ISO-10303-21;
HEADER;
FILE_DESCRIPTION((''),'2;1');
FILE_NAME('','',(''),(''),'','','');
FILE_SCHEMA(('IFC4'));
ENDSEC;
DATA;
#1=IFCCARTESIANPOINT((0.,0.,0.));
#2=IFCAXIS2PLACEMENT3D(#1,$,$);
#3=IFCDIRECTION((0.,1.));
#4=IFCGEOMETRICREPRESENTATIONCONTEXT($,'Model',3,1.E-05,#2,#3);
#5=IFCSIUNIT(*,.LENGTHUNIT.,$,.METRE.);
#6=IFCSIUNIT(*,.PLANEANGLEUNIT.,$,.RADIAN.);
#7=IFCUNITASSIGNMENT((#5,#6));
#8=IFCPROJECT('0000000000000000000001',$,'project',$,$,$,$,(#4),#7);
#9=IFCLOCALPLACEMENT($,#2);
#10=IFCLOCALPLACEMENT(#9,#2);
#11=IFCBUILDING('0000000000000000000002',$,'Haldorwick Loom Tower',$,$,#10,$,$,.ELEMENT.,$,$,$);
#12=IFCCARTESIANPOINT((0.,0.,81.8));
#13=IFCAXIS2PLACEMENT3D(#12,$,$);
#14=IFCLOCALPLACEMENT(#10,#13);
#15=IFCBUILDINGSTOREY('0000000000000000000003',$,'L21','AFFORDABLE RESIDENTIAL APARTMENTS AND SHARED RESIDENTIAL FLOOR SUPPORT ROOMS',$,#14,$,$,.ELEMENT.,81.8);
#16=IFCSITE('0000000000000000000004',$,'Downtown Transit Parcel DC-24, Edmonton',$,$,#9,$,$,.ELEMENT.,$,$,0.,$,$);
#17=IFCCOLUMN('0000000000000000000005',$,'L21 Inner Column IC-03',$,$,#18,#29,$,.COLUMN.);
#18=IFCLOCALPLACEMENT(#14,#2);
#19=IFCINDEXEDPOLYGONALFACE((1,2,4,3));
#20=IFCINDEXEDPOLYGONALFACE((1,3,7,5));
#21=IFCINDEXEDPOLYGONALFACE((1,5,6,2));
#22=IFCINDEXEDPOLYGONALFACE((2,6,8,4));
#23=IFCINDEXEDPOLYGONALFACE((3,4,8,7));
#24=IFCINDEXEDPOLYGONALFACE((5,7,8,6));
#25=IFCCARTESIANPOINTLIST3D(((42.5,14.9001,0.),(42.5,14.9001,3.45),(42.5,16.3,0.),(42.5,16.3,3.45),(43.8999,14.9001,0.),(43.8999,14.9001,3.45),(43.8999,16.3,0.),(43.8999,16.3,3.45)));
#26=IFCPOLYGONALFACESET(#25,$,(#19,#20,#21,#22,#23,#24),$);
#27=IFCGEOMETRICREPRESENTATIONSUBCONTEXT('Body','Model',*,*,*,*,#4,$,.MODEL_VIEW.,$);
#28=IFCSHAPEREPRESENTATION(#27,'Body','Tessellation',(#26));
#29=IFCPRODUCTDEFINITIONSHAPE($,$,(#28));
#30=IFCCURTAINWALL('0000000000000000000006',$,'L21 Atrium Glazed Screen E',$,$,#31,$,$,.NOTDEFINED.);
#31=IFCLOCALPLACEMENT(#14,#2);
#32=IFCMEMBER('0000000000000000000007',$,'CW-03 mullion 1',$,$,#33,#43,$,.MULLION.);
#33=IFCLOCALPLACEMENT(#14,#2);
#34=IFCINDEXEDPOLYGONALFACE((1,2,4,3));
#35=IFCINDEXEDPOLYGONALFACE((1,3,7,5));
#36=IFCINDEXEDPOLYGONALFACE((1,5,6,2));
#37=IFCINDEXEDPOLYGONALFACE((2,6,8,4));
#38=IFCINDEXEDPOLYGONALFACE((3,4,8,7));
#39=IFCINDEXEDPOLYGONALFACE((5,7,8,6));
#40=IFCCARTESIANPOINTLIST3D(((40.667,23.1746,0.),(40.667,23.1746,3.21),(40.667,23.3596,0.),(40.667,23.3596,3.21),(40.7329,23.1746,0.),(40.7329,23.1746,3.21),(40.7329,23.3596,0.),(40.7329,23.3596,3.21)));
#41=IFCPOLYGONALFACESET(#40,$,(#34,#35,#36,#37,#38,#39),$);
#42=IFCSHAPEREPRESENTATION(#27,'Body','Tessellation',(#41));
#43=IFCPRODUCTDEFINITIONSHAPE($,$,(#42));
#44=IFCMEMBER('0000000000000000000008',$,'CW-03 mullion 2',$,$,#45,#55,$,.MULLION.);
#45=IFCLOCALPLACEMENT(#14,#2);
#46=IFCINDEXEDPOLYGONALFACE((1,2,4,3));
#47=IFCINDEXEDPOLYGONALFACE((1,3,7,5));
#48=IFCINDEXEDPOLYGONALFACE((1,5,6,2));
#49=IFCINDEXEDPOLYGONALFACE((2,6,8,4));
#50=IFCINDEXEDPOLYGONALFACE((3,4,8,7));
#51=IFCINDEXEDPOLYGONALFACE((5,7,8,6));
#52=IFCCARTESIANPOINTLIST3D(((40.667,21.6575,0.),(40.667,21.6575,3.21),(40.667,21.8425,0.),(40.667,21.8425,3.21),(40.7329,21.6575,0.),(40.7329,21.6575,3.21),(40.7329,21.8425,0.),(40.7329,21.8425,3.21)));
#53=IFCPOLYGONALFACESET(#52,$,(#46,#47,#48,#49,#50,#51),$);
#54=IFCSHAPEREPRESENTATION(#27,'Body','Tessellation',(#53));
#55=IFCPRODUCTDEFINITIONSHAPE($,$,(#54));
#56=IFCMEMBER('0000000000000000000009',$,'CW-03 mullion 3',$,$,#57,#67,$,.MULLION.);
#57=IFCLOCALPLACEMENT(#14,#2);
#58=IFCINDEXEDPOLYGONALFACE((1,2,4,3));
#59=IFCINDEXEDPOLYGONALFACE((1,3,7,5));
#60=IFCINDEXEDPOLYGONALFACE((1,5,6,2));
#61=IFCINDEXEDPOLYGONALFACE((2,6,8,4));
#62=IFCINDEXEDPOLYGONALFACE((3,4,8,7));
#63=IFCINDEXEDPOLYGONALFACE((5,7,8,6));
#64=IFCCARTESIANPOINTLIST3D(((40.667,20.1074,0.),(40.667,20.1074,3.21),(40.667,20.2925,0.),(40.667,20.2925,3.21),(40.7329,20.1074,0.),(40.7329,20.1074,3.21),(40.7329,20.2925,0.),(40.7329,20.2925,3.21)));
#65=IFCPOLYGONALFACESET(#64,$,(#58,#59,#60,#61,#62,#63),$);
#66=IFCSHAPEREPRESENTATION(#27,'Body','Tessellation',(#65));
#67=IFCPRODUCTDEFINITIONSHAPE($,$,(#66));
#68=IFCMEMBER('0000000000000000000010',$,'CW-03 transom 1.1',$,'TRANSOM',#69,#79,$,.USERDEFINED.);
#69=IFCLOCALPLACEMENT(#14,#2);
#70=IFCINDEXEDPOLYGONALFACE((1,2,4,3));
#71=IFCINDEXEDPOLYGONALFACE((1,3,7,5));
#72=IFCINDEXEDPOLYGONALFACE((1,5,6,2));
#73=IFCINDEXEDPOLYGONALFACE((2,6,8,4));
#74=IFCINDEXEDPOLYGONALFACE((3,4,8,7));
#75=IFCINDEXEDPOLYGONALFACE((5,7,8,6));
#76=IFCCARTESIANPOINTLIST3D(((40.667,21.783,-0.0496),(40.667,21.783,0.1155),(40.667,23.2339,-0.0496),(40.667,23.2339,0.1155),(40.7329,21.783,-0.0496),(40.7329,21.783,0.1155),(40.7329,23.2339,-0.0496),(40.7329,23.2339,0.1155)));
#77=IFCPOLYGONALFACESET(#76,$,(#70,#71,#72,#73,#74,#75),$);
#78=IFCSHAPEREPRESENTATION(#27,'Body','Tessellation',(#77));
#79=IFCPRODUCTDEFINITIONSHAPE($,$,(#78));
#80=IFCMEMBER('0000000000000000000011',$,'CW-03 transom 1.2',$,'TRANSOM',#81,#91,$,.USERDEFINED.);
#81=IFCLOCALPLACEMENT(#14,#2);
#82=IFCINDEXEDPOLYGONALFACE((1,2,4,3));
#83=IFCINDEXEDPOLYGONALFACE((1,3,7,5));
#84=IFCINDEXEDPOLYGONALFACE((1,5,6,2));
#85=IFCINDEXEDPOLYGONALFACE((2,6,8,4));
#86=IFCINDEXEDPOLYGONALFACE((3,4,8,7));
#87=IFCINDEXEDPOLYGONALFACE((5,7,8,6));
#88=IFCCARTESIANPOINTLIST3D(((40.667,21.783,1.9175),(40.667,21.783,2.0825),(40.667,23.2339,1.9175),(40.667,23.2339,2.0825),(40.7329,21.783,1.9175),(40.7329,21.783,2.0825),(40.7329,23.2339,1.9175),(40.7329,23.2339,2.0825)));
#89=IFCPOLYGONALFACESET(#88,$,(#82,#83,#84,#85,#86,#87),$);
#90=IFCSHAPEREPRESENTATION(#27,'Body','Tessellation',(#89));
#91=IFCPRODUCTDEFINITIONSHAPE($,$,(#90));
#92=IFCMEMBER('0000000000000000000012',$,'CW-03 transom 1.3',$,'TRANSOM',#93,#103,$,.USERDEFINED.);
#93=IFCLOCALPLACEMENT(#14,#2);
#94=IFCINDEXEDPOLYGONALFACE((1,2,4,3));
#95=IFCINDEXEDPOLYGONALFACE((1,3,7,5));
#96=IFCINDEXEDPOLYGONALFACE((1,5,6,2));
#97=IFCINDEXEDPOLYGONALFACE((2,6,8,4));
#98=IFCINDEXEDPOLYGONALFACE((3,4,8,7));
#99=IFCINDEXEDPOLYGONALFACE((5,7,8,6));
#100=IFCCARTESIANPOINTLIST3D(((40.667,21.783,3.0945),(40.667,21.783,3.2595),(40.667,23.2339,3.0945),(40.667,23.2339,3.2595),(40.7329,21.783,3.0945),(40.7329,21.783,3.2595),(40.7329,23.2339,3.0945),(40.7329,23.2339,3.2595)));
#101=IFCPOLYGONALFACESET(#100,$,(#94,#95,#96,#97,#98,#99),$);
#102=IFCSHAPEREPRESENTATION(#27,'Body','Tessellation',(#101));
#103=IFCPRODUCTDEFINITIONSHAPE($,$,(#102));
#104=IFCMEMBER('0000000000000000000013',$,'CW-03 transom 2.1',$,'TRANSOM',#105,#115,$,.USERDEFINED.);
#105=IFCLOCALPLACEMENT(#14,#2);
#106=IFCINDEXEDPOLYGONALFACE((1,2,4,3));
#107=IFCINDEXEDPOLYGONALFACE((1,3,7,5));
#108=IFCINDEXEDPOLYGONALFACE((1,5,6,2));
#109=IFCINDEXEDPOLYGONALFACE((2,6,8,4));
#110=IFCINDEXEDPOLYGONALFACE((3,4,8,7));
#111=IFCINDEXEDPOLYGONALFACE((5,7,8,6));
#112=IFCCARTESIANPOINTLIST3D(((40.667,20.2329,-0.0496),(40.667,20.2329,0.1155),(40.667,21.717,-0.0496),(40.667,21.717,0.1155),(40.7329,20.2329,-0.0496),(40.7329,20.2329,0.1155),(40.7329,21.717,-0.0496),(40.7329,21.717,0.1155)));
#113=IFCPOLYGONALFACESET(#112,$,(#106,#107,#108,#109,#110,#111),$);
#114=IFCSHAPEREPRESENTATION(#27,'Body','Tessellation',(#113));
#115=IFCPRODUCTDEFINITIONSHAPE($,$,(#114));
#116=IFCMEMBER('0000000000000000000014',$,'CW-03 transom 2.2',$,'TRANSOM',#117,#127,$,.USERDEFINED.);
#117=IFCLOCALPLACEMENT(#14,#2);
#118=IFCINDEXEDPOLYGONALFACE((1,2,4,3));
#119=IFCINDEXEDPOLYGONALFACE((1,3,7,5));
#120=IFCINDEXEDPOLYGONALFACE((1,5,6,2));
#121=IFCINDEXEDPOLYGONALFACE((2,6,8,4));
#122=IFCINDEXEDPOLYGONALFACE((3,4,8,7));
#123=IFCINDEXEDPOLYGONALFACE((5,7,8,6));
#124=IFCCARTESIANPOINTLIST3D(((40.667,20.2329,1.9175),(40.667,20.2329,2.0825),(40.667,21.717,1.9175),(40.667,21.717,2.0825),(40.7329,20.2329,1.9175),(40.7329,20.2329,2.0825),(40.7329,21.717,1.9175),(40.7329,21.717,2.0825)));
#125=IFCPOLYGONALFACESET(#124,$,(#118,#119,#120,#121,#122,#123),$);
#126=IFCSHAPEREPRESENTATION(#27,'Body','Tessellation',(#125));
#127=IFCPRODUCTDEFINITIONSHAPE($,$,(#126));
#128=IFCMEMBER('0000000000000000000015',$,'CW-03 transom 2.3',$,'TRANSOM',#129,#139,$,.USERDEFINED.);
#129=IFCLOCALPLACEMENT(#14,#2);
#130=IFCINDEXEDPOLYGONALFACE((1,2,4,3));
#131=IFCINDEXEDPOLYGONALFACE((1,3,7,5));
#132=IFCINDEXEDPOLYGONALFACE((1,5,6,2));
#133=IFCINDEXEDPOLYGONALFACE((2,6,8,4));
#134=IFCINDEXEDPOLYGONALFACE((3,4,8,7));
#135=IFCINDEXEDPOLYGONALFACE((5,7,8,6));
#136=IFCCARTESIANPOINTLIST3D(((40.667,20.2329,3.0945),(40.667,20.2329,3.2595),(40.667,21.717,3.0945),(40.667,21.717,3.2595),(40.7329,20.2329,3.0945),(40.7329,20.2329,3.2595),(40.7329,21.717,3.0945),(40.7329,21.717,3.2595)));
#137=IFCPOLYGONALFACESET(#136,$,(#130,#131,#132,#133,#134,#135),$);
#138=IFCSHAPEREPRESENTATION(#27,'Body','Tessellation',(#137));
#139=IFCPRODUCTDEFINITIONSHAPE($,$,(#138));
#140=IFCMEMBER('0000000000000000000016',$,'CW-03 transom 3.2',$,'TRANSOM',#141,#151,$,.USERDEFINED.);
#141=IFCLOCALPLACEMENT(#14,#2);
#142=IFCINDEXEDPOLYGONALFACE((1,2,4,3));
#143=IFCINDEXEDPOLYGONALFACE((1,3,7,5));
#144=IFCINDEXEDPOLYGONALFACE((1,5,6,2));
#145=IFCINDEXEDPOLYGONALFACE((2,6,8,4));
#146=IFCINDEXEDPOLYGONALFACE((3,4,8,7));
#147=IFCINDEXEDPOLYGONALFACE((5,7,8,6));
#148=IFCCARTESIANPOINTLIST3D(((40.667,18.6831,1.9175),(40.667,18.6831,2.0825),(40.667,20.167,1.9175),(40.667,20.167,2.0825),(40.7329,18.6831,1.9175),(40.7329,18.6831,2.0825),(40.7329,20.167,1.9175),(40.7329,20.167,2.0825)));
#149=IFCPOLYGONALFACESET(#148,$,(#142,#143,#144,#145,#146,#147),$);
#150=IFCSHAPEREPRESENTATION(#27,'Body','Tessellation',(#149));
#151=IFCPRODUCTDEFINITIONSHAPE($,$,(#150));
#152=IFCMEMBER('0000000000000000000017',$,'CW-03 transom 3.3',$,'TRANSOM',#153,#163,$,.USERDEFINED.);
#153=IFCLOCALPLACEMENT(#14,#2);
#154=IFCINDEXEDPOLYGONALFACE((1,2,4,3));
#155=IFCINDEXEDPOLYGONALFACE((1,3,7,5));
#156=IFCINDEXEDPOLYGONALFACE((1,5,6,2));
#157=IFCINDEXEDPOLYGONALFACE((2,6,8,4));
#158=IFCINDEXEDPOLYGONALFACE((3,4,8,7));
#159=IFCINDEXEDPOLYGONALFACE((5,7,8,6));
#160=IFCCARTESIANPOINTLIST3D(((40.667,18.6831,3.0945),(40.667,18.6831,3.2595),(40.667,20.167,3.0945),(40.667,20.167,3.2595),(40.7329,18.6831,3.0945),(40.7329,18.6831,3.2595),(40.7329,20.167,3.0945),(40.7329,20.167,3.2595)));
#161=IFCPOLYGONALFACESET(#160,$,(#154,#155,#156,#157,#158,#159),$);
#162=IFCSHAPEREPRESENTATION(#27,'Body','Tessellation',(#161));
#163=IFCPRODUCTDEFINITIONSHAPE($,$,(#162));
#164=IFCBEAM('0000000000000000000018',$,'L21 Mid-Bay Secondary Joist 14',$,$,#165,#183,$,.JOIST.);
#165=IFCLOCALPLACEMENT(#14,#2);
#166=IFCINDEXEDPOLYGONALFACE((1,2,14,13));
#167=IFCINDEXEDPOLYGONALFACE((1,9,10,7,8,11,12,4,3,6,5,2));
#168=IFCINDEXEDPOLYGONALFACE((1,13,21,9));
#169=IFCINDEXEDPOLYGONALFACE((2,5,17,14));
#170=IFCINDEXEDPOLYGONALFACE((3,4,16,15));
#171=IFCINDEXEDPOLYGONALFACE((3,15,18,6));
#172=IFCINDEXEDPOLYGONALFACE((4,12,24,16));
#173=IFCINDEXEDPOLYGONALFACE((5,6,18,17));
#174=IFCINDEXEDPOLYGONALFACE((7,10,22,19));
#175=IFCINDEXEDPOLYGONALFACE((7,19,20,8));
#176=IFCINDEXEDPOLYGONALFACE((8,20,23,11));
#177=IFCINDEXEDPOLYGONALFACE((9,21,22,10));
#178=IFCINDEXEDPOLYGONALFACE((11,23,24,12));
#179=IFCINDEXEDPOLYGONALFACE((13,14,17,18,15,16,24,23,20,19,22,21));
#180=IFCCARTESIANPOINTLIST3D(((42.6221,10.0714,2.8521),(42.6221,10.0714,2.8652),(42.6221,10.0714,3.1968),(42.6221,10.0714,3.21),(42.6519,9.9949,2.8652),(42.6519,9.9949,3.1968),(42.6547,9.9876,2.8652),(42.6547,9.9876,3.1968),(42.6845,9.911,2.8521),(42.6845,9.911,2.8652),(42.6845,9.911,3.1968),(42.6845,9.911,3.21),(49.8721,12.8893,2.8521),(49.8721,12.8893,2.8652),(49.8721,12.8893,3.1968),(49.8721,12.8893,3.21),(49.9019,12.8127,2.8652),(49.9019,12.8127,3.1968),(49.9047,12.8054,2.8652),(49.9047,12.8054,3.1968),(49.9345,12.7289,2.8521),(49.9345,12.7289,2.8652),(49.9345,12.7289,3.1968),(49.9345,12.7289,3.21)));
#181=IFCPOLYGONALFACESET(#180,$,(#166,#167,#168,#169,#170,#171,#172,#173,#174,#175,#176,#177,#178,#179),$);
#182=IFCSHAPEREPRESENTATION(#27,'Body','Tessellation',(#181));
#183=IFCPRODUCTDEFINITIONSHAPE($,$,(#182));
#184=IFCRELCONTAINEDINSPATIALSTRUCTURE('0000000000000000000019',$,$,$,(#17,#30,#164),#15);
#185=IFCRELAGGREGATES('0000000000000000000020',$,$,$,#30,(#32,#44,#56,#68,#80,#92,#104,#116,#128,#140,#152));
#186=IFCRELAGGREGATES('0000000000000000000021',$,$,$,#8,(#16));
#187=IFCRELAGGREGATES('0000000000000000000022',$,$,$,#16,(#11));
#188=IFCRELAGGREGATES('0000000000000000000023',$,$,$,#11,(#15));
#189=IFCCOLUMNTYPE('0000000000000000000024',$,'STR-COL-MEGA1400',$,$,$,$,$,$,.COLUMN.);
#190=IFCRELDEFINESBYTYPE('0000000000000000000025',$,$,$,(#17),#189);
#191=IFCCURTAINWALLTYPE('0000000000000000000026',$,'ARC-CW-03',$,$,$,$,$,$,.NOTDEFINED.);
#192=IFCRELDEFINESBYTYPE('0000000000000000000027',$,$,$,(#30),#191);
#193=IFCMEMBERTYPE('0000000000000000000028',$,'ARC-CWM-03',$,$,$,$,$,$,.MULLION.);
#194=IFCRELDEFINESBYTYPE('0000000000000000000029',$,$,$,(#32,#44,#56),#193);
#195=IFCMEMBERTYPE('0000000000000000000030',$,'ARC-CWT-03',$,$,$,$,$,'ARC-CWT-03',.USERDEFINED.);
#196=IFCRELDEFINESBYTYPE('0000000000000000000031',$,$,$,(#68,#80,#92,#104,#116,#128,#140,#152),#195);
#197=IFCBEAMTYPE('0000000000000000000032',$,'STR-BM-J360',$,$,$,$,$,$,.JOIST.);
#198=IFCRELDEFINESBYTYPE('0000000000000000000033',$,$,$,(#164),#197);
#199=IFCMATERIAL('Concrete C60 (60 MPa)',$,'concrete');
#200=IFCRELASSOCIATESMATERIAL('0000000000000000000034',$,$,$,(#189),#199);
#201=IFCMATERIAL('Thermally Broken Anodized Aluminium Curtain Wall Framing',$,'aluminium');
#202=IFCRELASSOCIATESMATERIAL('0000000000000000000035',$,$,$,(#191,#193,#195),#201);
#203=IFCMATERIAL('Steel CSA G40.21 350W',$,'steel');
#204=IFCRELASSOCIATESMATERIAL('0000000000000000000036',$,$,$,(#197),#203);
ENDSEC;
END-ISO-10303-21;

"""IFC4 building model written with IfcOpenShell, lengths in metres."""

from ifc_helpers import new_model, si_unit, direction, frame, origin, origin_2d, place, context, subcontext, project, spatial, rectangle, i_section, extrude, material, material_profile, profile_set, type_object, element, aggregate, save


model = new_model("IFC4")

# Units and contexts
model_context = context("Model", 3, precision=1e-05, world=origin(), true_north=direction((0.0, 1.0)))
body_context = subcontext(model_context, "Body", "Model", "MODEL_VIEW")
ifc_project = project(units=[si_unit("LENGTHUNIT", "METRE"), si_unit("PLANEANGLEUNIT", "RADIAN")], contexts=[model_context])

# Site, building, storey
site_placement = place(None, origin())
site = spatial("IfcSite", under=ifc_project, at=site_placement, Name="Downtown Transit Parcel DC-24, Edmonton", CompositionType="ELEMENT", RefElevation=0.0)
building_placement = place(site_placement, origin())
building = spatial("IfcBuilding", under=site, at=building_placement, Name="Haldorwick Loom Tower", CompositionType="ELEMENT")
storey_placement = place(building_placement, frame((0.0, 0.0, 81.8)))
storey = spatial("IfcBuildingStorey", under=building, at=storey_placement, Name="L21", Description="AFFORDABLE RESIDENTIAL APARTMENTS AND SHARED RESIDENTIAL FLOOR SUPPORT ROOMS", CompositionType="ELEMENT", Elevation=81.8)

# Column
ifc_material_1 = material(Name="Concrete C60 (60 MPa)", Category="concrete")
ifc_material_profile_1 = material_profile(ifc_material_1, rectangle(XDim=1.3999, YDim=1.3999, at=origin_2d()), Name="RC1400X1400", Category="concrete")
ifc_profile_set_1 = profile_set([ifc_material_profile_1], Name="Concrete C60 (60 MPa)")
column_type = type_object("IfcColumnType", Name="STR-COL-MEGA1400", PredefinedType="COLUMN", material=ifc_profile_set_1)
column_placement = place(storey_placement, frame((43.2, 15.6001, 0.0), z_axis=(0.0, 0.0, 1.0), x_axis=(1.0, 0.0, 0.0)))
element("IfcColumn", 1, at=column_placement, inside=storey, type_object=column_type, Name="L21 Inner Column IC-03", PredefinedType="COLUMN", context=body_context, shape_type="SweptSolid", body=[
    extrude(rectangle(XDim=1.3999, YDim=1.3999, at=origin_2d()), origin(), (0.0, 0.0, 1.0), 3.45),
])

# Curtain wall, members
ifc_material_2 = material(Name="Thermally Broken Anodized Aluminium Curtain Wall Framing", Category="aluminium")
curtain_wall_type = type_object("IfcCurtainWallType", Name="ARC-CW-03", PredefinedType="NOTDEFINED", material=ifc_material_2)
curtain_wall_placement = place(storey_placement, origin())
curtain_wall = element("IfcCurtainWall", 2, at=curtain_wall_placement, inside=storey, type_object=curtain_wall_type, Name="L21 Atrium Glazed Screen E", PredefinedType="NOTDEFINED")
ifc_material_profile_2 = material_profile(ifc_material_2, rectangle(XDim=0.0659, YDim=0.1851, at=origin_2d()), Name="ALU_MUL_66X185", Category="aluminium")
ifc_profile_set_2 = profile_set([ifc_material_profile_2], Name="Thermally Broken Anodized Aluminium Curtain Wall Framing")
member_type_1 = type_object("IfcMemberType", Name="ARC-CWM-03", PredefinedType="MULLION", material=ifc_profile_set_2)
member_1_placement = place(storey_placement, frame((40.7, 23.2671, 0.0), z_axis=(0.0, 0.0, 1.0), x_axis=(1.0, 0.0, 0.0)))
member_1 = element("IfcMember", 3, at=member_1_placement, type_object=member_type_1, Name="CW-03 mullion 1", PredefinedType="MULLION", context=body_context, shape_type="SweptSolid", body=[
    extrude(rectangle(XDim=0.0659, YDim=0.1851, at=origin_2d()), origin(), (0.0, 0.0, 1.0), 3.21),
])
member_2_placement = place(storey_placement, frame((40.7, 21.75, 0.0), z_axis=(0.0, 0.0, 1.0), x_axis=(1.0, 0.0, 0.0)))
member_2 = element("IfcMember", 4, at=member_2_placement, type_object=member_type_1, Name="CW-03 mullion 2", PredefinedType="MULLION", context=body_context, shape_type="SweptSolid", body=[
    extrude(rectangle(XDim=0.0659, YDim=0.1851, at=origin_2d()), origin(), (0.0, 0.0, 1.0), 3.21),
])
member_3_placement = place(storey_placement, frame((40.7, 20.2, 0.0), z_axis=(0.0, 0.0, 1.0), x_axis=(1.0, 0.0, 0.0)))
member_3 = element("IfcMember", 5, at=member_3_placement, type_object=member_type_1, Name="CW-03 mullion 3", PredefinedType="MULLION", context=body_context, shape_type="SweptSolid", body=[
    extrude(rectangle(XDim=0.0659, YDim=0.1851, at=origin_2d()), origin(), (0.0, 0.0, 1.0), 3.21),
])
ifc_material_profile_3 = material_profile(ifc_material_2, rectangle(XDim=0.0659, YDim=0.165, at=origin_2d()), Name="ALU_TRN_66X165", Category="aluminium")
ifc_profile_set_3 = profile_set([ifc_material_profile_3], Name="Thermally Broken Anodized Aluminium Curtain Wall Framing")
member_type_2 = type_object("IfcMemberType", Name="ARC-CWT-03", ElementType="ARC-CWT-03", PredefinedType="USERDEFINED", material=ifc_profile_set_3)
member_4_placement = place(storey_placement, frame((40.7, 23.2339, 0.033), z_axis=(0.0, -1.0, 0.0), x_axis=(1.0, 0.0, 0.0)))
member_4 = element("IfcMember", 6, at=member_4_placement, type_object=member_type_2, Name="CW-03 transom 1.1", ObjectType="TRANSOM", PredefinedType="USERDEFINED", context=body_context, shape_type="SweptSolid", body=[
    extrude(rectangle(XDim=0.0659, YDim=0.165, at=origin_2d()), origin(), (0.0, 0.0, 1.0), 1.4509),
])
member_5_placement = place(storey_placement, frame((40.7, 23.2339, 2.0), z_axis=(0.0, -1.0, 0.0), x_axis=(1.0, 0.0, 0.0)))
member_5 = element("IfcMember", 7, at=member_5_placement, type_object=member_type_2, Name="CW-03 transom 1.2", ObjectType="TRANSOM", PredefinedType="USERDEFINED", context=body_context, shape_type="SweptSolid", body=[
    extrude(rectangle(XDim=0.0659, YDim=0.165, at=origin_2d()), origin(), (0.0, 0.0, 1.0), 1.4509),
])
member_6_placement = place(storey_placement, frame((40.7, 23.2339, 3.177), z_axis=(0.0, -1.0, 0.0), x_axis=(1.0, 0.0, 0.0)))
member_6 = element("IfcMember", 8, at=member_6_placement, type_object=member_type_2, Name="CW-03 transom 1.3", ObjectType="TRANSOM", PredefinedType="USERDEFINED", context=body_context, shape_type="SweptSolid", body=[
    extrude(rectangle(XDim=0.0659, YDim=0.165, at=origin_2d()), origin(), (0.0, 0.0, 1.0), 1.4509),
])
member_7_placement = place(storey_placement, frame((40.7, 21.717, 0.033), z_axis=(0.0, -1.0, 0.0), x_axis=(1.0, 0.0, 0.0)))
member_7 = element("IfcMember", 9, at=member_7_placement, type_object=member_type_2, Name="CW-03 transom 2.1", ObjectType="TRANSOM", PredefinedType="USERDEFINED", context=body_context, shape_type="SweptSolid", body=[
    extrude(rectangle(XDim=0.0659, YDim=0.165, at=origin_2d()), origin(), (0.0, 0.0, 1.0), 1.4841),
])
member_8_placement = place(storey_placement, frame((40.7, 21.717, 2.0), z_axis=(0.0, -1.0, 0.0), x_axis=(1.0, 0.0, 0.0)))
member_8 = element("IfcMember", 10, at=member_8_placement, type_object=member_type_2, Name="CW-03 transom 2.2", ObjectType="TRANSOM", PredefinedType="USERDEFINED", context=body_context, shape_type="SweptSolid", body=[
    extrude(rectangle(XDim=0.0659, YDim=0.165, at=origin_2d()), origin(), (0.0, 0.0, 1.0), 1.4841),
])
member_9_placement = place(storey_placement, frame((40.7, 21.717, 3.177), z_axis=(0.0, -1.0, 0.0), x_axis=(1.0, 0.0, 0.0)))
member_9 = element("IfcMember", 11, at=member_9_placement, type_object=member_type_2, Name="CW-03 transom 2.3", ObjectType="TRANSOM", PredefinedType="USERDEFINED", context=body_context, shape_type="SweptSolid", body=[
    extrude(rectangle(XDim=0.0659, YDim=0.165, at=origin_2d()), origin(), (0.0, 0.0, 1.0), 1.4841),
])
member_10_placement = place(storey_placement, frame((40.7, 20.167, 2.0), z_axis=(0.0, -1.0, 0.0), x_axis=(1.0, 0.0, 0.0)))
member_10 = element("IfcMember", 12, at=member_10_placement, type_object=member_type_2, Name="CW-03 transom 3.2", ObjectType="TRANSOM", PredefinedType="USERDEFINED", context=body_context, shape_type="SweptSolid", body=[
    extrude(rectangle(XDim=0.0659, YDim=0.165, at=origin_2d()), origin(), (0.0, 0.0, 1.0), 1.4839),
])
member_11_placement = place(storey_placement, frame((40.7, 20.167, 3.177), z_axis=(0.0, -1.0, 0.0), x_axis=(1.0, 0.0, 0.0)))
member_11 = element("IfcMember", 13, at=member_11_placement, type_object=member_type_2, Name="CW-03 transom 3.3", ObjectType="TRANSOM", PredefinedType="USERDEFINED", context=body_context, shape_type="SweptSolid", body=[
    extrude(rectangle(XDim=0.0659, YDim=0.165, at=origin_2d()), origin(), (0.0, 0.0, 1.0), 1.4839),
])

# Beam
ifc_material_3 = material(Name="Steel CSA G40.21 350W", Category="steel")
ifc_material_profile_4 = material_profile(ifc_material_3, i_section(OverallWidth=0.1721, OverallDepth=0.3579, WebThickness=0.0078, FlangeThickness=0.0132, at=origin_2d()), Name="W360X57", Category="steel")
ifc_profile_set_4 = profile_set([ifc_material_profile_4], Name="Steel CSA G40.21 350W")
beam_type_1 = type_object("IfcBeamType", Name="STR-BM-J360", PredefinedType="JOIST", material=ifc_profile_set_4)
beam_1_placement = place(storey_placement, frame((42.6533, 9.9912, 3.031), z_axis=(0.932073, 0.362271, 0.0), x_axis=(-0.362271, 0.932073, 0.0)))
element("IfcBeam", 14, at=beam_1_placement, inside=storey, type_object=beam_type_1, Name="L21 Mid-Bay Secondary Joist 14", PredefinedType="JOIST", context=body_context, shape_type="SweptSolid", body=[
    extrude(i_section(OverallWidth=0.1721, OverallDepth=0.3579, WebThickness=0.0078, FlangeThickness=0.0132, at=origin_2d()), origin(), (0.0, 0.0, 1.0), 7.7783),
])

aggregate(curtain_wall, [member_1, member_2, member_3, member_4, member_5, member_6, member_7, member_8, member_9, member_10, member_11])

save(model, "model.ifc")
